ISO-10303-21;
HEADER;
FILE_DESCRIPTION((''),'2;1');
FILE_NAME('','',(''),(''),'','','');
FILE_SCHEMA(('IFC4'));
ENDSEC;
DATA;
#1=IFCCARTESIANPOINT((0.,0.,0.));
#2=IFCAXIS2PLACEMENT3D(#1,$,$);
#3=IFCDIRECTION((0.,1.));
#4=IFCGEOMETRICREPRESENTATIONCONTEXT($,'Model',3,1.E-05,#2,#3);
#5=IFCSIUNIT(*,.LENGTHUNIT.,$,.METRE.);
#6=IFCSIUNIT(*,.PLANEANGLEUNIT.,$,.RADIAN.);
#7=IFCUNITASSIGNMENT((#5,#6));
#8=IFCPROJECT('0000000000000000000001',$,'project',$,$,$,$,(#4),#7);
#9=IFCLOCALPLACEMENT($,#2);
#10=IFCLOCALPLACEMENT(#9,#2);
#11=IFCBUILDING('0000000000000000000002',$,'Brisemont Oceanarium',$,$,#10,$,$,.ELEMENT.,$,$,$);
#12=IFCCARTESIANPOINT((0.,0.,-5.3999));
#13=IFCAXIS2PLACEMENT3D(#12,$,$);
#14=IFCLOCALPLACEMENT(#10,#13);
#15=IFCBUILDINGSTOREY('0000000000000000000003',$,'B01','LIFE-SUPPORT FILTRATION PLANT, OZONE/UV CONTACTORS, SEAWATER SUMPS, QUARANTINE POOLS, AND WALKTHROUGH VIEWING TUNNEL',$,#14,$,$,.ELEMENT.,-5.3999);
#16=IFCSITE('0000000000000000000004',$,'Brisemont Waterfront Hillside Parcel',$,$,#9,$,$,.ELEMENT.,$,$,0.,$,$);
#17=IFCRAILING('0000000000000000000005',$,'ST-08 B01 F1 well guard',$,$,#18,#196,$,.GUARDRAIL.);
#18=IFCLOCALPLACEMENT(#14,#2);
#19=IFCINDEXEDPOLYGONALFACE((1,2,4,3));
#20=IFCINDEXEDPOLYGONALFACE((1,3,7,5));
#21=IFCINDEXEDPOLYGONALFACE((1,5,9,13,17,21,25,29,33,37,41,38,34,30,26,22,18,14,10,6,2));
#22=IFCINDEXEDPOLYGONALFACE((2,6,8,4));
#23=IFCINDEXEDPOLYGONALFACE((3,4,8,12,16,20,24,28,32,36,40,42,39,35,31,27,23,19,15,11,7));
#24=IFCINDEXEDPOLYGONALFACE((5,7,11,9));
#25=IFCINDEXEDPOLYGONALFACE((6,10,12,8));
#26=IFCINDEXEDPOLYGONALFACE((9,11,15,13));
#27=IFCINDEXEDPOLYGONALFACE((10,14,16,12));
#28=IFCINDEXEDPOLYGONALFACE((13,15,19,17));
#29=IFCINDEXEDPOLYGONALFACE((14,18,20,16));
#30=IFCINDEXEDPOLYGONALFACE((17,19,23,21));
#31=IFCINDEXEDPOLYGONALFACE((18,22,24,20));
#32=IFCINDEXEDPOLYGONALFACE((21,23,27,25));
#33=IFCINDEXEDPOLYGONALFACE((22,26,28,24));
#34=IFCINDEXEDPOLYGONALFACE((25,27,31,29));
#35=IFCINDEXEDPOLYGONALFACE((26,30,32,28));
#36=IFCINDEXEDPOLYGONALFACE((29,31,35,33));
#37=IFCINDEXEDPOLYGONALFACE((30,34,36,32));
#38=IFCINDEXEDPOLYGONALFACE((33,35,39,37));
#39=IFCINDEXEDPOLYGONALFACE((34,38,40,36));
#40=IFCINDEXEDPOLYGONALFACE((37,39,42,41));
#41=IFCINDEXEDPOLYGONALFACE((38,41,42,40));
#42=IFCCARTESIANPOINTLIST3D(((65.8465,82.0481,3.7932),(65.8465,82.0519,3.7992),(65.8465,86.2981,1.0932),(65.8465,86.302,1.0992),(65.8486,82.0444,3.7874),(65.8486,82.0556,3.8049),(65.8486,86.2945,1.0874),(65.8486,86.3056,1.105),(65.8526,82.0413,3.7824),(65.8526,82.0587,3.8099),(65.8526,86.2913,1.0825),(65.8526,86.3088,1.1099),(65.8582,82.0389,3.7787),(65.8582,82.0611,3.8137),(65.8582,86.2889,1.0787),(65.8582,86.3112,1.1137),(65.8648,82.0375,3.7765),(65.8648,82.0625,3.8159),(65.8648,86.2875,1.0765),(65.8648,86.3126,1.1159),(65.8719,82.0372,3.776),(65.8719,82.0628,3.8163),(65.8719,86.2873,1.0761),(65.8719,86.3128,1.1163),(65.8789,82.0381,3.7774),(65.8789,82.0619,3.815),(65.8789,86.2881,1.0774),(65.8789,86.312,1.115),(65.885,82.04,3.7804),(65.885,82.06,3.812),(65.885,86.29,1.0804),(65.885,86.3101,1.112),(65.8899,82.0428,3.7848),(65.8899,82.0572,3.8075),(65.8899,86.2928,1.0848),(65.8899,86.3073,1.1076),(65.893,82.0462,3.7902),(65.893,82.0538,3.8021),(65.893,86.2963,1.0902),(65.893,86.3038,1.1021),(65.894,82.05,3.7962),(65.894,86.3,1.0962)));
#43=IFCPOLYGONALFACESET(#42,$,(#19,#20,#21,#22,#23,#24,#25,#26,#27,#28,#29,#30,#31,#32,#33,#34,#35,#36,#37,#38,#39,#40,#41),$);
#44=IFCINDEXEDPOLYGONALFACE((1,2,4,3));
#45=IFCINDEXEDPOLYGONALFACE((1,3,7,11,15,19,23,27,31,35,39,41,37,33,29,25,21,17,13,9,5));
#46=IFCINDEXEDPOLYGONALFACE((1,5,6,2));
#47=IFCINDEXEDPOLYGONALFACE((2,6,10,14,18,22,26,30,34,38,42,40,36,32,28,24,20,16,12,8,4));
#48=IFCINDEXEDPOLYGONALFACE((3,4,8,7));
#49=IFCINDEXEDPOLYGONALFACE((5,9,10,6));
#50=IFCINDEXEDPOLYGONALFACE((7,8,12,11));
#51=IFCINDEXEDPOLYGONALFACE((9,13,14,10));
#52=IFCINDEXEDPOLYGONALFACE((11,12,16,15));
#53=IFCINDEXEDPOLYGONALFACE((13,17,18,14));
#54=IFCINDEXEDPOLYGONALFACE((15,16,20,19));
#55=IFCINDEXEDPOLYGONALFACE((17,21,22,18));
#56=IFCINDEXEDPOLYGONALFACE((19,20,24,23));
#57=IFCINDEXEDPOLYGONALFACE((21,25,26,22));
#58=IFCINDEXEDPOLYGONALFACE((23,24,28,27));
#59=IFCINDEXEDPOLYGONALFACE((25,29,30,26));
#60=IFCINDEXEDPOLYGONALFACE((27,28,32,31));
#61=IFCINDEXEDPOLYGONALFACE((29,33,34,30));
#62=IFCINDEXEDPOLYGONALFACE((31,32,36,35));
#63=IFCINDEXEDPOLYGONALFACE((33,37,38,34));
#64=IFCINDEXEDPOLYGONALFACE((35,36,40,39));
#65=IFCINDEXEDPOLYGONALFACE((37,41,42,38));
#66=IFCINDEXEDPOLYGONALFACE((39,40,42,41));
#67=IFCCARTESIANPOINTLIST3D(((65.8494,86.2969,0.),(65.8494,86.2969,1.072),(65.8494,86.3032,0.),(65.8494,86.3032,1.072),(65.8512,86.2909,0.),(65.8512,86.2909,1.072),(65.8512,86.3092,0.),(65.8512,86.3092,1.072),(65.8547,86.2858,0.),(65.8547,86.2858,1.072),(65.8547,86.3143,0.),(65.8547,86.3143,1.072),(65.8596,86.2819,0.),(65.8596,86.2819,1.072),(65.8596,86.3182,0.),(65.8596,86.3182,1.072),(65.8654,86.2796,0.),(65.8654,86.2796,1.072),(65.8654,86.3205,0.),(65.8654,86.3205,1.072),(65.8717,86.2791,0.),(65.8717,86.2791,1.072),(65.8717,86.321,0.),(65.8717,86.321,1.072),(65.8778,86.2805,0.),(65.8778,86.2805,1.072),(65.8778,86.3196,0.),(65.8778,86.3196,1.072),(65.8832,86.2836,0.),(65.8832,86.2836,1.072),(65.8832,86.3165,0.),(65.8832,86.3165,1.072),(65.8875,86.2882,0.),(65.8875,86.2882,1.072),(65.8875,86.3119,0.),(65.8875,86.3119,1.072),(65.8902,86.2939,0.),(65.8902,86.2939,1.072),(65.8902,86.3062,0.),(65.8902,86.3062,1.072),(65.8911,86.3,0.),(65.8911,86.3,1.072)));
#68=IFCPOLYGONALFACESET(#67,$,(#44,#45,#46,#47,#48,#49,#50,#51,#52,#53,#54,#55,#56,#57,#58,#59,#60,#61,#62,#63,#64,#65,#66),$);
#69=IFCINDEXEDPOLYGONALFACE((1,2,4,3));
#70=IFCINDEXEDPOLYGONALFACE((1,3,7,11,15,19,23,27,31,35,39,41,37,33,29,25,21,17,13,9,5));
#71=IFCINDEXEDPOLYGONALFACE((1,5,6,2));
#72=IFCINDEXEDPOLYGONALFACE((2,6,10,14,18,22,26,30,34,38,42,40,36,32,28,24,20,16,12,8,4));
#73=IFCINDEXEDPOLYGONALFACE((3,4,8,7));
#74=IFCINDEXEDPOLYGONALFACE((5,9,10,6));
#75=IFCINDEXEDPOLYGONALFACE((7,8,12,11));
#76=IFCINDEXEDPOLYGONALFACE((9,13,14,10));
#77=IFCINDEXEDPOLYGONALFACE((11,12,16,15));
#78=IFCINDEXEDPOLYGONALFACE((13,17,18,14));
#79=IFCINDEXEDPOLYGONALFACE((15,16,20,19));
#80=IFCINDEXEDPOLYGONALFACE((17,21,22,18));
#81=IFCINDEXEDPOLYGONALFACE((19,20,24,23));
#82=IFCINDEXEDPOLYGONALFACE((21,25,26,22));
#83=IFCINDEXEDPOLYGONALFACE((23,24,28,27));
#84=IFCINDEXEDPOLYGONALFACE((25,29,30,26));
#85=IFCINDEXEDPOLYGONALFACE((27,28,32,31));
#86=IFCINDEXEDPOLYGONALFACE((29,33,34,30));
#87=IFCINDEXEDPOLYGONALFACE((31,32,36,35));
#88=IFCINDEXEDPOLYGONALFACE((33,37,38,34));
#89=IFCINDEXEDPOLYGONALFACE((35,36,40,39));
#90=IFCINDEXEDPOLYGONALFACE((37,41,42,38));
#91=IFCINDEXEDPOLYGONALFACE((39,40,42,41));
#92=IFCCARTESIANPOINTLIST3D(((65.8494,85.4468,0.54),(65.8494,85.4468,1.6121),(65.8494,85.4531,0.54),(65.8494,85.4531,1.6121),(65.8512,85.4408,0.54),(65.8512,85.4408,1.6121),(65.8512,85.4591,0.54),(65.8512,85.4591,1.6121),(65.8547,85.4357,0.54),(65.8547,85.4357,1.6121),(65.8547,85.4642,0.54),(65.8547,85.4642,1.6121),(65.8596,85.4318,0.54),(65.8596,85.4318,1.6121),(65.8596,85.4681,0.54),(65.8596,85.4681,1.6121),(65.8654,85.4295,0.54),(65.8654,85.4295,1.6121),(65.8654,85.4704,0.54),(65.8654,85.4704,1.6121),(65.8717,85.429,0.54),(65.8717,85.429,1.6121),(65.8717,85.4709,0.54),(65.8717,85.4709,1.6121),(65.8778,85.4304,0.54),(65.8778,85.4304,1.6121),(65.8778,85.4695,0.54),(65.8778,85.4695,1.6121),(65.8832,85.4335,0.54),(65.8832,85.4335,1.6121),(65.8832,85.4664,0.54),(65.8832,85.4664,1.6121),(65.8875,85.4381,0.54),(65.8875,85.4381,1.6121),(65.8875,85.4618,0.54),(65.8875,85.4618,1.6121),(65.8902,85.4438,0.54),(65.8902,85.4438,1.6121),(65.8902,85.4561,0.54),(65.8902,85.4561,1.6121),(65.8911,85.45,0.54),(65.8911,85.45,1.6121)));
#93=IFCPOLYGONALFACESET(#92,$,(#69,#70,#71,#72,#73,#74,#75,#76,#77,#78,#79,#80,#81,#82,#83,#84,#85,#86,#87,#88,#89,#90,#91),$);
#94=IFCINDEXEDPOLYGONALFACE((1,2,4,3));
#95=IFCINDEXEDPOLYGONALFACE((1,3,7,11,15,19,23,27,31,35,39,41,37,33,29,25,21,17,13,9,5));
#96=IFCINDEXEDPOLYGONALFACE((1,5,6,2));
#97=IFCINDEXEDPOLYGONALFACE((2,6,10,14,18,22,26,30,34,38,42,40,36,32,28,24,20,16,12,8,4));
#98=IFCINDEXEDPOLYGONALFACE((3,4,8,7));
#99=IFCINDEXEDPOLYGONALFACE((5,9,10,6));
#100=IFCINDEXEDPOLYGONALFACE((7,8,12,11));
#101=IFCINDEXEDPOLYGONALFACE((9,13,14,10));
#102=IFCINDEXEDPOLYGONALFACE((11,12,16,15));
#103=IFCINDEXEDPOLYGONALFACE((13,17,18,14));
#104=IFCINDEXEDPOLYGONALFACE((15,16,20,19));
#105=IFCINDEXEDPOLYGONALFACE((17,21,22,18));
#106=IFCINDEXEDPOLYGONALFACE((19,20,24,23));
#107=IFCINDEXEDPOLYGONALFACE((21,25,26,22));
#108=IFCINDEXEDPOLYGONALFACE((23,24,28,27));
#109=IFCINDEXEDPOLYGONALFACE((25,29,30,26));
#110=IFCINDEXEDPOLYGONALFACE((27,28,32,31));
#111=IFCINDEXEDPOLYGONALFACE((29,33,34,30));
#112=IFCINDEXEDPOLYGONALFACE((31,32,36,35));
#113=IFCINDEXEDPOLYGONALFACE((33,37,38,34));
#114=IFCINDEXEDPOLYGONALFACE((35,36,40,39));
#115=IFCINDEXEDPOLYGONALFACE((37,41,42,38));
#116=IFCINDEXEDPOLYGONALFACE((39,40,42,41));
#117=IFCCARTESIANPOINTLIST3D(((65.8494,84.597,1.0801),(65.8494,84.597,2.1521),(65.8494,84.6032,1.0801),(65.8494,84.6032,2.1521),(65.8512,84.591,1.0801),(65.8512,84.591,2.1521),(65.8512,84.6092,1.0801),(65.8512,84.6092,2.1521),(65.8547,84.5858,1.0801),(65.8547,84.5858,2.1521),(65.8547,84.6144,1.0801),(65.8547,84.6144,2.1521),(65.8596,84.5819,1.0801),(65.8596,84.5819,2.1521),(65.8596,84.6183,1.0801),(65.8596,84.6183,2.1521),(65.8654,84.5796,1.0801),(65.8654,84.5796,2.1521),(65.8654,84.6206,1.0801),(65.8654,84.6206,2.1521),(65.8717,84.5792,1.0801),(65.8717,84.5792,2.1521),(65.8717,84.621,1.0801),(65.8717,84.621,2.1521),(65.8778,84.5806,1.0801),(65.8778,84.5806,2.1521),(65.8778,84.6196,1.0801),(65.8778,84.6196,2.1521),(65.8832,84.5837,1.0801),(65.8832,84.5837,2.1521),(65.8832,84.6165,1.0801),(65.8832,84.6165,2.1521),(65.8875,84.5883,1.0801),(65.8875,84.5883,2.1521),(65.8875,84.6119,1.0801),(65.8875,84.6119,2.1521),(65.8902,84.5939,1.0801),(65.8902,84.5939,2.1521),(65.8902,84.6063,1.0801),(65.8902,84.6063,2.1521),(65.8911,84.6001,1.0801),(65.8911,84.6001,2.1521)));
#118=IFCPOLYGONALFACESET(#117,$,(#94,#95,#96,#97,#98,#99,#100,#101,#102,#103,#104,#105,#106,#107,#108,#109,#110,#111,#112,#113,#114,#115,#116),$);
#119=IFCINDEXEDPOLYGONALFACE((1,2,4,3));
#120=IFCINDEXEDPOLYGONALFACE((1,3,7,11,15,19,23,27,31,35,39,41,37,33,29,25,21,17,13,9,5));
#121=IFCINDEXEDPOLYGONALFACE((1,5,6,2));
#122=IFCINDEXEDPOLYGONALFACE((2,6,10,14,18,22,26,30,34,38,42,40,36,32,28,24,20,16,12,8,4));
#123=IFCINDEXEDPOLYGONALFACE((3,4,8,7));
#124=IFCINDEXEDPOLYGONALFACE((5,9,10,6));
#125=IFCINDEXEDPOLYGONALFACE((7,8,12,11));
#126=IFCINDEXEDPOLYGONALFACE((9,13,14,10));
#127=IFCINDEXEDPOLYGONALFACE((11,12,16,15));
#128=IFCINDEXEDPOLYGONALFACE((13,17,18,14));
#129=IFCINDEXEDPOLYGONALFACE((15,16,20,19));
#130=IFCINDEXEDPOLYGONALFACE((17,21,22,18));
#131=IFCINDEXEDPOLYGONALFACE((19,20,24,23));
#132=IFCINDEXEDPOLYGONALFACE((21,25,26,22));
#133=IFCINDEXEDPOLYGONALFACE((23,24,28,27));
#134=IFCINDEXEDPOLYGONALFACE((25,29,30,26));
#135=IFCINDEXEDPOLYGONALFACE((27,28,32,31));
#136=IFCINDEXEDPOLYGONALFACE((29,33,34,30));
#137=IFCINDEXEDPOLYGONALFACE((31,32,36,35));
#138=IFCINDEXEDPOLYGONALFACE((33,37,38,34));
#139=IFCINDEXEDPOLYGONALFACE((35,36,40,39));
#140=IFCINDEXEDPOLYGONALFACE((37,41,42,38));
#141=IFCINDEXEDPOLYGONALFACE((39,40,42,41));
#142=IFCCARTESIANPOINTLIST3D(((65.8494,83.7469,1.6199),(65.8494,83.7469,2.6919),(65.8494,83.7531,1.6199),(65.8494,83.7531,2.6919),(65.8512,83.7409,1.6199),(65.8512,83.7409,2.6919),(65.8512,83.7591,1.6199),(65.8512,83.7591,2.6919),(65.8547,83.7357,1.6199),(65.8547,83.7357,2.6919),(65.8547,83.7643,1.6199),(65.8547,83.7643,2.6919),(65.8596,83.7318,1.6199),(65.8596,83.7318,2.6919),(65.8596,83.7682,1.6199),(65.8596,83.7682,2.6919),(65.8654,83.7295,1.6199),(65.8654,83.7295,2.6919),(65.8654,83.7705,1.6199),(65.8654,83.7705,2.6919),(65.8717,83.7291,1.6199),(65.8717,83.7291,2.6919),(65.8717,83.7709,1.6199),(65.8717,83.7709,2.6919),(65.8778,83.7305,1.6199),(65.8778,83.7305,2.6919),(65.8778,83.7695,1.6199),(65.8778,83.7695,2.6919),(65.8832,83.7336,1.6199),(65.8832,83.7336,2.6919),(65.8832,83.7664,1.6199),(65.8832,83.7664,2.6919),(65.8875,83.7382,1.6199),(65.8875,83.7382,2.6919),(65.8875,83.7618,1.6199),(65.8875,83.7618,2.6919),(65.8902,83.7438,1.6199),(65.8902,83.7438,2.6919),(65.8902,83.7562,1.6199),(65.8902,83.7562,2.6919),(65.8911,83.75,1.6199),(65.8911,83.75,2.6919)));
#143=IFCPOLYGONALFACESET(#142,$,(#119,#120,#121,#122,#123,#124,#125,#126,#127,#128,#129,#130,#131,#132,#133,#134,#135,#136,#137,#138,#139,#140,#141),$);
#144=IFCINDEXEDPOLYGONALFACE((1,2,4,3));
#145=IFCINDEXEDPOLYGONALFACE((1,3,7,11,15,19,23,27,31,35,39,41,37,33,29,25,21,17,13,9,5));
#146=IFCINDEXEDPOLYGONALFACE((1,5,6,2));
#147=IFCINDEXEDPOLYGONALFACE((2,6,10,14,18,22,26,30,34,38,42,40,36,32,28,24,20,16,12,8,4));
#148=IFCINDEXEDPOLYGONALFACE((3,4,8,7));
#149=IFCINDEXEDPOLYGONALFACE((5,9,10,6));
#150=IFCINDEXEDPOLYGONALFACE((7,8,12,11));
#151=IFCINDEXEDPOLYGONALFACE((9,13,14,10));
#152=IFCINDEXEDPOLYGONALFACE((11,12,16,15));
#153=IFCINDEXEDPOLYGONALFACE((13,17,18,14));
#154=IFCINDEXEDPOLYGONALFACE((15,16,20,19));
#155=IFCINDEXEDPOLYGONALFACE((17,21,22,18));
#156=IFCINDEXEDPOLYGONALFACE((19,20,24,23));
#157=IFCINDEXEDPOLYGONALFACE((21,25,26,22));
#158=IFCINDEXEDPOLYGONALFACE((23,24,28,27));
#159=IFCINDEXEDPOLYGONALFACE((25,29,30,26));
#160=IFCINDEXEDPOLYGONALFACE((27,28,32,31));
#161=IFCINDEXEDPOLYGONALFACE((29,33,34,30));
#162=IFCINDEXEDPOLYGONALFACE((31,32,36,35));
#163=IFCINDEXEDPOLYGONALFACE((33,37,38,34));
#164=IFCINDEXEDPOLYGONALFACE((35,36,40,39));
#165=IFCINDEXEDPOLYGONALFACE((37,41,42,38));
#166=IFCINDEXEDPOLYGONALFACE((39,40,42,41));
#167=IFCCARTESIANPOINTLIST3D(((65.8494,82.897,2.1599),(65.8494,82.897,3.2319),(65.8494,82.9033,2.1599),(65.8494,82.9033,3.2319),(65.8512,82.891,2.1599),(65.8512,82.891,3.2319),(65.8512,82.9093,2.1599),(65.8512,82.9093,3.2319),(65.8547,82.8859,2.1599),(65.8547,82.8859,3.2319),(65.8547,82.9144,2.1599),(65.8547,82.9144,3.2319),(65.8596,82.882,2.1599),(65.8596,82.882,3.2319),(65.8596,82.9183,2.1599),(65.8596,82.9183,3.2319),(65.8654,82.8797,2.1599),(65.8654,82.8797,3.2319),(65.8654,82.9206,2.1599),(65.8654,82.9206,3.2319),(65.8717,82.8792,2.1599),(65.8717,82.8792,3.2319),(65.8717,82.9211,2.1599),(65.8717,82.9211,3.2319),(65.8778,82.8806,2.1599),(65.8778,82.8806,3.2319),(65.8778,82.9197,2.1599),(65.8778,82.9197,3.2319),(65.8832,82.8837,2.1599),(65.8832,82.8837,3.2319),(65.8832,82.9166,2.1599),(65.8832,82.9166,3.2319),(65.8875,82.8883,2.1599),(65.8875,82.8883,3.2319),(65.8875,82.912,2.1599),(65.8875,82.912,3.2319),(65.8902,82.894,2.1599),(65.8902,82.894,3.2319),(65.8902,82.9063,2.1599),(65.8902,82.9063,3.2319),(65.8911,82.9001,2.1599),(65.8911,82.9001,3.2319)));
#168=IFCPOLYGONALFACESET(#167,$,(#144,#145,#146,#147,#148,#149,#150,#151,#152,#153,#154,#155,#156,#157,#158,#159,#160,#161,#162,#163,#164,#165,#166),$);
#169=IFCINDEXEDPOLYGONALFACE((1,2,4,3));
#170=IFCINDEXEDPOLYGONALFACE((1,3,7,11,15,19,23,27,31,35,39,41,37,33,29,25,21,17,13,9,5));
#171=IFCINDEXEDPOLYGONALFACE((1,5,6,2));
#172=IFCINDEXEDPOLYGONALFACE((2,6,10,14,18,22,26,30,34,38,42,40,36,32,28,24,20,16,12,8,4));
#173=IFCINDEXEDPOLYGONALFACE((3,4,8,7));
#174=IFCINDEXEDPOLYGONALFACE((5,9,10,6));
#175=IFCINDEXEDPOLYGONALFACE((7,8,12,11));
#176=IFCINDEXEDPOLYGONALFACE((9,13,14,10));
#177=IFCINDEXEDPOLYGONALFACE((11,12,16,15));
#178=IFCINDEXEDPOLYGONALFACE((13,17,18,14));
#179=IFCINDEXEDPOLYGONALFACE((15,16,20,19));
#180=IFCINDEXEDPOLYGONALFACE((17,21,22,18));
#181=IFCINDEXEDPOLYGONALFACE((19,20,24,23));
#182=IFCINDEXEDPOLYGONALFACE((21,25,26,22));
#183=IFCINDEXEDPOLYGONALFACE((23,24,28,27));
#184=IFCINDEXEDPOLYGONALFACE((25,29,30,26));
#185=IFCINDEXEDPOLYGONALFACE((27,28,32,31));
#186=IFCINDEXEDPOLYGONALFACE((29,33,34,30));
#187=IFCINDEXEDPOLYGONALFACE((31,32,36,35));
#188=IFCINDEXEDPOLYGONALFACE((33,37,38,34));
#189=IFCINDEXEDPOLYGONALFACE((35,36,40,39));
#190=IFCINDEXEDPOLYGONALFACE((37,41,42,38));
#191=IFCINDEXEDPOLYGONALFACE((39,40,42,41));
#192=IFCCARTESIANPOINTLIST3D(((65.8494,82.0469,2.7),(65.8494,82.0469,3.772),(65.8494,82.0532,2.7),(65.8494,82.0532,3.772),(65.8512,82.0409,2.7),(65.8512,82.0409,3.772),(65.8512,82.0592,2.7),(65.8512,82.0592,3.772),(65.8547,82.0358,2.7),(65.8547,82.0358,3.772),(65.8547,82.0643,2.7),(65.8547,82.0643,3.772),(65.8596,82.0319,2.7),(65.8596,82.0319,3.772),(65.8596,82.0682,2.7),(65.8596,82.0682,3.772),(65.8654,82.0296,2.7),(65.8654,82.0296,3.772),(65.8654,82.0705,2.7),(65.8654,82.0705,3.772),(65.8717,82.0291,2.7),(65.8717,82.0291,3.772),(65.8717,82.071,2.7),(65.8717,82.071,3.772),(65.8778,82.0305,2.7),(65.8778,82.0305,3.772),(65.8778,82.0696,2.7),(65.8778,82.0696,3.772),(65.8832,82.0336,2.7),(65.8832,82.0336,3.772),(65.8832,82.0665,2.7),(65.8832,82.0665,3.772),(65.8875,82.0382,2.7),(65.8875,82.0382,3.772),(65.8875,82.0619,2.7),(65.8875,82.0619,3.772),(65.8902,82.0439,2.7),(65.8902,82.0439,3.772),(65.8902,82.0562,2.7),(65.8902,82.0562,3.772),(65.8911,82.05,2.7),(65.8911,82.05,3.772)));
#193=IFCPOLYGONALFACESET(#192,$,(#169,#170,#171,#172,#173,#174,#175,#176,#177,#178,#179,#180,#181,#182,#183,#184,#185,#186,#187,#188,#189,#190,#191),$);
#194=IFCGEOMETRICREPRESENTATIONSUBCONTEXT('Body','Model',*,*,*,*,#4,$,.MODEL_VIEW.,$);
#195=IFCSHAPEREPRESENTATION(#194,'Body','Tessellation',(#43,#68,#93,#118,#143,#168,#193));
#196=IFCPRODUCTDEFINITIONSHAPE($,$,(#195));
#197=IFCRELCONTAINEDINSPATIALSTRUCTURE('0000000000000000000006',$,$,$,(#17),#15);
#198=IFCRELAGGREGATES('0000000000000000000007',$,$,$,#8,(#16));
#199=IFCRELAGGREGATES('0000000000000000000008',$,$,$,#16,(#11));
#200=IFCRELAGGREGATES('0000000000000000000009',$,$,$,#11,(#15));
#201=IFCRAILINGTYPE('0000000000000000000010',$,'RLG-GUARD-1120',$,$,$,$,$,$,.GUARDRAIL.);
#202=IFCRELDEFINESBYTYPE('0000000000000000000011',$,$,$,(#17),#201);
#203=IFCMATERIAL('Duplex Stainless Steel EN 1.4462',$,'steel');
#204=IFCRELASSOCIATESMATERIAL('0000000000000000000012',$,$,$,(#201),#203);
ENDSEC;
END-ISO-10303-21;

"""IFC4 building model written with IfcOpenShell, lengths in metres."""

from ifc_helpers import new_model, si_unit, direction, frame, origin, origin_2d, place, context, subcontext, project, spatial, circle, extrude, material, type_object, element, save


model = new_model("IFC4")

# Units and contexts
model_context = context("Model", 3, precision=1e-05, world=origin(), true_north=direction((0.0, 1.0)))
body_context = subcontext(model_context, "Body", "Model", "MODEL_VIEW")
ifc_project = project(units=[si_unit("LENGTHUNIT", "METRE"), si_unit("PLANEANGLEUNIT", "RADIAN")], contexts=[model_context])

# Site, building, storey
site_placement = place(None, origin())
site = spatial("IfcSite", under=ifc_project, at=site_placement, Name="Brisemont Waterfront Hillside Parcel", CompositionType="ELEMENT", RefElevation=0.0)
building_placement = place(site_placement, origin())
building = spatial("IfcBuilding", under=site, at=building_placement, Name="Brisemont Oceanarium", CompositionType="ELEMENT")
storey_placement = place(building_placement, frame((0.0, 0.0, -5.3999)))
storey = spatial("IfcBuildingStorey", under=building, at=storey_placement, Name="B01", Description="LIFE-SUPPORT FILTRATION PLANT, OZONE/UV CONTACTORS, SEAWATER SUMPS, QUARANTINE POOLS, AND WALKTHROUGH VIEWING TUNNEL", CompositionType="ELEMENT", Elevation=-5.3999)

# Railing
ifc_material_1 = material(Name="Duplex Stainless Steel EN 1.4462", Category="steel")
railing_type_1 = type_object("IfcRailingType", Name="RLG-GUARD-1120", PredefinedType="GUARDRAIL", material=ifc_material_1)
railing_1_placement = place(storey_placement, frame((65.8701, 86.3, 0.0)))
element("IfcRailing", 1, at=railing_1_placement, inside=storey, type_object=railing_type_1, Name="ST-08 B01 F1 well guard", PredefinedType="GUARDRAIL", context=body_context, shape_type="SweptSolid", body=[
    extrude(circle(Radius=0.0239, at=origin_2d()), frame((0.0, 0.0, 1.0962), z_axis=(0.0, -0.844075, 0.536226), x_axis=(1.0, 0.0, 0.0)), (0.0, 0.0, 1.0), 5.0352),
    extrude(circle(Radius=0.021, at=origin_2d()), origin(), (0.0, 0.0, 1.0), 1.072),
    extrude(circle(Radius=0.021, at=origin_2d()), frame((0.0, -0.8501, 0.54)), (0.0, 0.0, 1.0), 1.072),
    extrude(circle(Radius=0.021, at=origin_2d()), frame((0.0, -1.7, 1.0801)), (0.0, 0.0, 1.0), 1.072),
    extrude(circle(Radius=0.021, at=origin_2d()), frame((0.0, -2.55, 1.6199)), (0.0, 0.0, 1.0), 1.072),
    extrude(circle(Radius=0.021, at=origin_2d()), frame((0.0, -3.3999, 2.1599)), (0.0, 0.0, 1.0), 1.072),
    extrude(circle(Radius=0.021, at=origin_2d()), frame((0.0, -4.25, 2.7)), (0.0, 0.0, 1.0), 1.072),
])

save(model, "model.ifc")
